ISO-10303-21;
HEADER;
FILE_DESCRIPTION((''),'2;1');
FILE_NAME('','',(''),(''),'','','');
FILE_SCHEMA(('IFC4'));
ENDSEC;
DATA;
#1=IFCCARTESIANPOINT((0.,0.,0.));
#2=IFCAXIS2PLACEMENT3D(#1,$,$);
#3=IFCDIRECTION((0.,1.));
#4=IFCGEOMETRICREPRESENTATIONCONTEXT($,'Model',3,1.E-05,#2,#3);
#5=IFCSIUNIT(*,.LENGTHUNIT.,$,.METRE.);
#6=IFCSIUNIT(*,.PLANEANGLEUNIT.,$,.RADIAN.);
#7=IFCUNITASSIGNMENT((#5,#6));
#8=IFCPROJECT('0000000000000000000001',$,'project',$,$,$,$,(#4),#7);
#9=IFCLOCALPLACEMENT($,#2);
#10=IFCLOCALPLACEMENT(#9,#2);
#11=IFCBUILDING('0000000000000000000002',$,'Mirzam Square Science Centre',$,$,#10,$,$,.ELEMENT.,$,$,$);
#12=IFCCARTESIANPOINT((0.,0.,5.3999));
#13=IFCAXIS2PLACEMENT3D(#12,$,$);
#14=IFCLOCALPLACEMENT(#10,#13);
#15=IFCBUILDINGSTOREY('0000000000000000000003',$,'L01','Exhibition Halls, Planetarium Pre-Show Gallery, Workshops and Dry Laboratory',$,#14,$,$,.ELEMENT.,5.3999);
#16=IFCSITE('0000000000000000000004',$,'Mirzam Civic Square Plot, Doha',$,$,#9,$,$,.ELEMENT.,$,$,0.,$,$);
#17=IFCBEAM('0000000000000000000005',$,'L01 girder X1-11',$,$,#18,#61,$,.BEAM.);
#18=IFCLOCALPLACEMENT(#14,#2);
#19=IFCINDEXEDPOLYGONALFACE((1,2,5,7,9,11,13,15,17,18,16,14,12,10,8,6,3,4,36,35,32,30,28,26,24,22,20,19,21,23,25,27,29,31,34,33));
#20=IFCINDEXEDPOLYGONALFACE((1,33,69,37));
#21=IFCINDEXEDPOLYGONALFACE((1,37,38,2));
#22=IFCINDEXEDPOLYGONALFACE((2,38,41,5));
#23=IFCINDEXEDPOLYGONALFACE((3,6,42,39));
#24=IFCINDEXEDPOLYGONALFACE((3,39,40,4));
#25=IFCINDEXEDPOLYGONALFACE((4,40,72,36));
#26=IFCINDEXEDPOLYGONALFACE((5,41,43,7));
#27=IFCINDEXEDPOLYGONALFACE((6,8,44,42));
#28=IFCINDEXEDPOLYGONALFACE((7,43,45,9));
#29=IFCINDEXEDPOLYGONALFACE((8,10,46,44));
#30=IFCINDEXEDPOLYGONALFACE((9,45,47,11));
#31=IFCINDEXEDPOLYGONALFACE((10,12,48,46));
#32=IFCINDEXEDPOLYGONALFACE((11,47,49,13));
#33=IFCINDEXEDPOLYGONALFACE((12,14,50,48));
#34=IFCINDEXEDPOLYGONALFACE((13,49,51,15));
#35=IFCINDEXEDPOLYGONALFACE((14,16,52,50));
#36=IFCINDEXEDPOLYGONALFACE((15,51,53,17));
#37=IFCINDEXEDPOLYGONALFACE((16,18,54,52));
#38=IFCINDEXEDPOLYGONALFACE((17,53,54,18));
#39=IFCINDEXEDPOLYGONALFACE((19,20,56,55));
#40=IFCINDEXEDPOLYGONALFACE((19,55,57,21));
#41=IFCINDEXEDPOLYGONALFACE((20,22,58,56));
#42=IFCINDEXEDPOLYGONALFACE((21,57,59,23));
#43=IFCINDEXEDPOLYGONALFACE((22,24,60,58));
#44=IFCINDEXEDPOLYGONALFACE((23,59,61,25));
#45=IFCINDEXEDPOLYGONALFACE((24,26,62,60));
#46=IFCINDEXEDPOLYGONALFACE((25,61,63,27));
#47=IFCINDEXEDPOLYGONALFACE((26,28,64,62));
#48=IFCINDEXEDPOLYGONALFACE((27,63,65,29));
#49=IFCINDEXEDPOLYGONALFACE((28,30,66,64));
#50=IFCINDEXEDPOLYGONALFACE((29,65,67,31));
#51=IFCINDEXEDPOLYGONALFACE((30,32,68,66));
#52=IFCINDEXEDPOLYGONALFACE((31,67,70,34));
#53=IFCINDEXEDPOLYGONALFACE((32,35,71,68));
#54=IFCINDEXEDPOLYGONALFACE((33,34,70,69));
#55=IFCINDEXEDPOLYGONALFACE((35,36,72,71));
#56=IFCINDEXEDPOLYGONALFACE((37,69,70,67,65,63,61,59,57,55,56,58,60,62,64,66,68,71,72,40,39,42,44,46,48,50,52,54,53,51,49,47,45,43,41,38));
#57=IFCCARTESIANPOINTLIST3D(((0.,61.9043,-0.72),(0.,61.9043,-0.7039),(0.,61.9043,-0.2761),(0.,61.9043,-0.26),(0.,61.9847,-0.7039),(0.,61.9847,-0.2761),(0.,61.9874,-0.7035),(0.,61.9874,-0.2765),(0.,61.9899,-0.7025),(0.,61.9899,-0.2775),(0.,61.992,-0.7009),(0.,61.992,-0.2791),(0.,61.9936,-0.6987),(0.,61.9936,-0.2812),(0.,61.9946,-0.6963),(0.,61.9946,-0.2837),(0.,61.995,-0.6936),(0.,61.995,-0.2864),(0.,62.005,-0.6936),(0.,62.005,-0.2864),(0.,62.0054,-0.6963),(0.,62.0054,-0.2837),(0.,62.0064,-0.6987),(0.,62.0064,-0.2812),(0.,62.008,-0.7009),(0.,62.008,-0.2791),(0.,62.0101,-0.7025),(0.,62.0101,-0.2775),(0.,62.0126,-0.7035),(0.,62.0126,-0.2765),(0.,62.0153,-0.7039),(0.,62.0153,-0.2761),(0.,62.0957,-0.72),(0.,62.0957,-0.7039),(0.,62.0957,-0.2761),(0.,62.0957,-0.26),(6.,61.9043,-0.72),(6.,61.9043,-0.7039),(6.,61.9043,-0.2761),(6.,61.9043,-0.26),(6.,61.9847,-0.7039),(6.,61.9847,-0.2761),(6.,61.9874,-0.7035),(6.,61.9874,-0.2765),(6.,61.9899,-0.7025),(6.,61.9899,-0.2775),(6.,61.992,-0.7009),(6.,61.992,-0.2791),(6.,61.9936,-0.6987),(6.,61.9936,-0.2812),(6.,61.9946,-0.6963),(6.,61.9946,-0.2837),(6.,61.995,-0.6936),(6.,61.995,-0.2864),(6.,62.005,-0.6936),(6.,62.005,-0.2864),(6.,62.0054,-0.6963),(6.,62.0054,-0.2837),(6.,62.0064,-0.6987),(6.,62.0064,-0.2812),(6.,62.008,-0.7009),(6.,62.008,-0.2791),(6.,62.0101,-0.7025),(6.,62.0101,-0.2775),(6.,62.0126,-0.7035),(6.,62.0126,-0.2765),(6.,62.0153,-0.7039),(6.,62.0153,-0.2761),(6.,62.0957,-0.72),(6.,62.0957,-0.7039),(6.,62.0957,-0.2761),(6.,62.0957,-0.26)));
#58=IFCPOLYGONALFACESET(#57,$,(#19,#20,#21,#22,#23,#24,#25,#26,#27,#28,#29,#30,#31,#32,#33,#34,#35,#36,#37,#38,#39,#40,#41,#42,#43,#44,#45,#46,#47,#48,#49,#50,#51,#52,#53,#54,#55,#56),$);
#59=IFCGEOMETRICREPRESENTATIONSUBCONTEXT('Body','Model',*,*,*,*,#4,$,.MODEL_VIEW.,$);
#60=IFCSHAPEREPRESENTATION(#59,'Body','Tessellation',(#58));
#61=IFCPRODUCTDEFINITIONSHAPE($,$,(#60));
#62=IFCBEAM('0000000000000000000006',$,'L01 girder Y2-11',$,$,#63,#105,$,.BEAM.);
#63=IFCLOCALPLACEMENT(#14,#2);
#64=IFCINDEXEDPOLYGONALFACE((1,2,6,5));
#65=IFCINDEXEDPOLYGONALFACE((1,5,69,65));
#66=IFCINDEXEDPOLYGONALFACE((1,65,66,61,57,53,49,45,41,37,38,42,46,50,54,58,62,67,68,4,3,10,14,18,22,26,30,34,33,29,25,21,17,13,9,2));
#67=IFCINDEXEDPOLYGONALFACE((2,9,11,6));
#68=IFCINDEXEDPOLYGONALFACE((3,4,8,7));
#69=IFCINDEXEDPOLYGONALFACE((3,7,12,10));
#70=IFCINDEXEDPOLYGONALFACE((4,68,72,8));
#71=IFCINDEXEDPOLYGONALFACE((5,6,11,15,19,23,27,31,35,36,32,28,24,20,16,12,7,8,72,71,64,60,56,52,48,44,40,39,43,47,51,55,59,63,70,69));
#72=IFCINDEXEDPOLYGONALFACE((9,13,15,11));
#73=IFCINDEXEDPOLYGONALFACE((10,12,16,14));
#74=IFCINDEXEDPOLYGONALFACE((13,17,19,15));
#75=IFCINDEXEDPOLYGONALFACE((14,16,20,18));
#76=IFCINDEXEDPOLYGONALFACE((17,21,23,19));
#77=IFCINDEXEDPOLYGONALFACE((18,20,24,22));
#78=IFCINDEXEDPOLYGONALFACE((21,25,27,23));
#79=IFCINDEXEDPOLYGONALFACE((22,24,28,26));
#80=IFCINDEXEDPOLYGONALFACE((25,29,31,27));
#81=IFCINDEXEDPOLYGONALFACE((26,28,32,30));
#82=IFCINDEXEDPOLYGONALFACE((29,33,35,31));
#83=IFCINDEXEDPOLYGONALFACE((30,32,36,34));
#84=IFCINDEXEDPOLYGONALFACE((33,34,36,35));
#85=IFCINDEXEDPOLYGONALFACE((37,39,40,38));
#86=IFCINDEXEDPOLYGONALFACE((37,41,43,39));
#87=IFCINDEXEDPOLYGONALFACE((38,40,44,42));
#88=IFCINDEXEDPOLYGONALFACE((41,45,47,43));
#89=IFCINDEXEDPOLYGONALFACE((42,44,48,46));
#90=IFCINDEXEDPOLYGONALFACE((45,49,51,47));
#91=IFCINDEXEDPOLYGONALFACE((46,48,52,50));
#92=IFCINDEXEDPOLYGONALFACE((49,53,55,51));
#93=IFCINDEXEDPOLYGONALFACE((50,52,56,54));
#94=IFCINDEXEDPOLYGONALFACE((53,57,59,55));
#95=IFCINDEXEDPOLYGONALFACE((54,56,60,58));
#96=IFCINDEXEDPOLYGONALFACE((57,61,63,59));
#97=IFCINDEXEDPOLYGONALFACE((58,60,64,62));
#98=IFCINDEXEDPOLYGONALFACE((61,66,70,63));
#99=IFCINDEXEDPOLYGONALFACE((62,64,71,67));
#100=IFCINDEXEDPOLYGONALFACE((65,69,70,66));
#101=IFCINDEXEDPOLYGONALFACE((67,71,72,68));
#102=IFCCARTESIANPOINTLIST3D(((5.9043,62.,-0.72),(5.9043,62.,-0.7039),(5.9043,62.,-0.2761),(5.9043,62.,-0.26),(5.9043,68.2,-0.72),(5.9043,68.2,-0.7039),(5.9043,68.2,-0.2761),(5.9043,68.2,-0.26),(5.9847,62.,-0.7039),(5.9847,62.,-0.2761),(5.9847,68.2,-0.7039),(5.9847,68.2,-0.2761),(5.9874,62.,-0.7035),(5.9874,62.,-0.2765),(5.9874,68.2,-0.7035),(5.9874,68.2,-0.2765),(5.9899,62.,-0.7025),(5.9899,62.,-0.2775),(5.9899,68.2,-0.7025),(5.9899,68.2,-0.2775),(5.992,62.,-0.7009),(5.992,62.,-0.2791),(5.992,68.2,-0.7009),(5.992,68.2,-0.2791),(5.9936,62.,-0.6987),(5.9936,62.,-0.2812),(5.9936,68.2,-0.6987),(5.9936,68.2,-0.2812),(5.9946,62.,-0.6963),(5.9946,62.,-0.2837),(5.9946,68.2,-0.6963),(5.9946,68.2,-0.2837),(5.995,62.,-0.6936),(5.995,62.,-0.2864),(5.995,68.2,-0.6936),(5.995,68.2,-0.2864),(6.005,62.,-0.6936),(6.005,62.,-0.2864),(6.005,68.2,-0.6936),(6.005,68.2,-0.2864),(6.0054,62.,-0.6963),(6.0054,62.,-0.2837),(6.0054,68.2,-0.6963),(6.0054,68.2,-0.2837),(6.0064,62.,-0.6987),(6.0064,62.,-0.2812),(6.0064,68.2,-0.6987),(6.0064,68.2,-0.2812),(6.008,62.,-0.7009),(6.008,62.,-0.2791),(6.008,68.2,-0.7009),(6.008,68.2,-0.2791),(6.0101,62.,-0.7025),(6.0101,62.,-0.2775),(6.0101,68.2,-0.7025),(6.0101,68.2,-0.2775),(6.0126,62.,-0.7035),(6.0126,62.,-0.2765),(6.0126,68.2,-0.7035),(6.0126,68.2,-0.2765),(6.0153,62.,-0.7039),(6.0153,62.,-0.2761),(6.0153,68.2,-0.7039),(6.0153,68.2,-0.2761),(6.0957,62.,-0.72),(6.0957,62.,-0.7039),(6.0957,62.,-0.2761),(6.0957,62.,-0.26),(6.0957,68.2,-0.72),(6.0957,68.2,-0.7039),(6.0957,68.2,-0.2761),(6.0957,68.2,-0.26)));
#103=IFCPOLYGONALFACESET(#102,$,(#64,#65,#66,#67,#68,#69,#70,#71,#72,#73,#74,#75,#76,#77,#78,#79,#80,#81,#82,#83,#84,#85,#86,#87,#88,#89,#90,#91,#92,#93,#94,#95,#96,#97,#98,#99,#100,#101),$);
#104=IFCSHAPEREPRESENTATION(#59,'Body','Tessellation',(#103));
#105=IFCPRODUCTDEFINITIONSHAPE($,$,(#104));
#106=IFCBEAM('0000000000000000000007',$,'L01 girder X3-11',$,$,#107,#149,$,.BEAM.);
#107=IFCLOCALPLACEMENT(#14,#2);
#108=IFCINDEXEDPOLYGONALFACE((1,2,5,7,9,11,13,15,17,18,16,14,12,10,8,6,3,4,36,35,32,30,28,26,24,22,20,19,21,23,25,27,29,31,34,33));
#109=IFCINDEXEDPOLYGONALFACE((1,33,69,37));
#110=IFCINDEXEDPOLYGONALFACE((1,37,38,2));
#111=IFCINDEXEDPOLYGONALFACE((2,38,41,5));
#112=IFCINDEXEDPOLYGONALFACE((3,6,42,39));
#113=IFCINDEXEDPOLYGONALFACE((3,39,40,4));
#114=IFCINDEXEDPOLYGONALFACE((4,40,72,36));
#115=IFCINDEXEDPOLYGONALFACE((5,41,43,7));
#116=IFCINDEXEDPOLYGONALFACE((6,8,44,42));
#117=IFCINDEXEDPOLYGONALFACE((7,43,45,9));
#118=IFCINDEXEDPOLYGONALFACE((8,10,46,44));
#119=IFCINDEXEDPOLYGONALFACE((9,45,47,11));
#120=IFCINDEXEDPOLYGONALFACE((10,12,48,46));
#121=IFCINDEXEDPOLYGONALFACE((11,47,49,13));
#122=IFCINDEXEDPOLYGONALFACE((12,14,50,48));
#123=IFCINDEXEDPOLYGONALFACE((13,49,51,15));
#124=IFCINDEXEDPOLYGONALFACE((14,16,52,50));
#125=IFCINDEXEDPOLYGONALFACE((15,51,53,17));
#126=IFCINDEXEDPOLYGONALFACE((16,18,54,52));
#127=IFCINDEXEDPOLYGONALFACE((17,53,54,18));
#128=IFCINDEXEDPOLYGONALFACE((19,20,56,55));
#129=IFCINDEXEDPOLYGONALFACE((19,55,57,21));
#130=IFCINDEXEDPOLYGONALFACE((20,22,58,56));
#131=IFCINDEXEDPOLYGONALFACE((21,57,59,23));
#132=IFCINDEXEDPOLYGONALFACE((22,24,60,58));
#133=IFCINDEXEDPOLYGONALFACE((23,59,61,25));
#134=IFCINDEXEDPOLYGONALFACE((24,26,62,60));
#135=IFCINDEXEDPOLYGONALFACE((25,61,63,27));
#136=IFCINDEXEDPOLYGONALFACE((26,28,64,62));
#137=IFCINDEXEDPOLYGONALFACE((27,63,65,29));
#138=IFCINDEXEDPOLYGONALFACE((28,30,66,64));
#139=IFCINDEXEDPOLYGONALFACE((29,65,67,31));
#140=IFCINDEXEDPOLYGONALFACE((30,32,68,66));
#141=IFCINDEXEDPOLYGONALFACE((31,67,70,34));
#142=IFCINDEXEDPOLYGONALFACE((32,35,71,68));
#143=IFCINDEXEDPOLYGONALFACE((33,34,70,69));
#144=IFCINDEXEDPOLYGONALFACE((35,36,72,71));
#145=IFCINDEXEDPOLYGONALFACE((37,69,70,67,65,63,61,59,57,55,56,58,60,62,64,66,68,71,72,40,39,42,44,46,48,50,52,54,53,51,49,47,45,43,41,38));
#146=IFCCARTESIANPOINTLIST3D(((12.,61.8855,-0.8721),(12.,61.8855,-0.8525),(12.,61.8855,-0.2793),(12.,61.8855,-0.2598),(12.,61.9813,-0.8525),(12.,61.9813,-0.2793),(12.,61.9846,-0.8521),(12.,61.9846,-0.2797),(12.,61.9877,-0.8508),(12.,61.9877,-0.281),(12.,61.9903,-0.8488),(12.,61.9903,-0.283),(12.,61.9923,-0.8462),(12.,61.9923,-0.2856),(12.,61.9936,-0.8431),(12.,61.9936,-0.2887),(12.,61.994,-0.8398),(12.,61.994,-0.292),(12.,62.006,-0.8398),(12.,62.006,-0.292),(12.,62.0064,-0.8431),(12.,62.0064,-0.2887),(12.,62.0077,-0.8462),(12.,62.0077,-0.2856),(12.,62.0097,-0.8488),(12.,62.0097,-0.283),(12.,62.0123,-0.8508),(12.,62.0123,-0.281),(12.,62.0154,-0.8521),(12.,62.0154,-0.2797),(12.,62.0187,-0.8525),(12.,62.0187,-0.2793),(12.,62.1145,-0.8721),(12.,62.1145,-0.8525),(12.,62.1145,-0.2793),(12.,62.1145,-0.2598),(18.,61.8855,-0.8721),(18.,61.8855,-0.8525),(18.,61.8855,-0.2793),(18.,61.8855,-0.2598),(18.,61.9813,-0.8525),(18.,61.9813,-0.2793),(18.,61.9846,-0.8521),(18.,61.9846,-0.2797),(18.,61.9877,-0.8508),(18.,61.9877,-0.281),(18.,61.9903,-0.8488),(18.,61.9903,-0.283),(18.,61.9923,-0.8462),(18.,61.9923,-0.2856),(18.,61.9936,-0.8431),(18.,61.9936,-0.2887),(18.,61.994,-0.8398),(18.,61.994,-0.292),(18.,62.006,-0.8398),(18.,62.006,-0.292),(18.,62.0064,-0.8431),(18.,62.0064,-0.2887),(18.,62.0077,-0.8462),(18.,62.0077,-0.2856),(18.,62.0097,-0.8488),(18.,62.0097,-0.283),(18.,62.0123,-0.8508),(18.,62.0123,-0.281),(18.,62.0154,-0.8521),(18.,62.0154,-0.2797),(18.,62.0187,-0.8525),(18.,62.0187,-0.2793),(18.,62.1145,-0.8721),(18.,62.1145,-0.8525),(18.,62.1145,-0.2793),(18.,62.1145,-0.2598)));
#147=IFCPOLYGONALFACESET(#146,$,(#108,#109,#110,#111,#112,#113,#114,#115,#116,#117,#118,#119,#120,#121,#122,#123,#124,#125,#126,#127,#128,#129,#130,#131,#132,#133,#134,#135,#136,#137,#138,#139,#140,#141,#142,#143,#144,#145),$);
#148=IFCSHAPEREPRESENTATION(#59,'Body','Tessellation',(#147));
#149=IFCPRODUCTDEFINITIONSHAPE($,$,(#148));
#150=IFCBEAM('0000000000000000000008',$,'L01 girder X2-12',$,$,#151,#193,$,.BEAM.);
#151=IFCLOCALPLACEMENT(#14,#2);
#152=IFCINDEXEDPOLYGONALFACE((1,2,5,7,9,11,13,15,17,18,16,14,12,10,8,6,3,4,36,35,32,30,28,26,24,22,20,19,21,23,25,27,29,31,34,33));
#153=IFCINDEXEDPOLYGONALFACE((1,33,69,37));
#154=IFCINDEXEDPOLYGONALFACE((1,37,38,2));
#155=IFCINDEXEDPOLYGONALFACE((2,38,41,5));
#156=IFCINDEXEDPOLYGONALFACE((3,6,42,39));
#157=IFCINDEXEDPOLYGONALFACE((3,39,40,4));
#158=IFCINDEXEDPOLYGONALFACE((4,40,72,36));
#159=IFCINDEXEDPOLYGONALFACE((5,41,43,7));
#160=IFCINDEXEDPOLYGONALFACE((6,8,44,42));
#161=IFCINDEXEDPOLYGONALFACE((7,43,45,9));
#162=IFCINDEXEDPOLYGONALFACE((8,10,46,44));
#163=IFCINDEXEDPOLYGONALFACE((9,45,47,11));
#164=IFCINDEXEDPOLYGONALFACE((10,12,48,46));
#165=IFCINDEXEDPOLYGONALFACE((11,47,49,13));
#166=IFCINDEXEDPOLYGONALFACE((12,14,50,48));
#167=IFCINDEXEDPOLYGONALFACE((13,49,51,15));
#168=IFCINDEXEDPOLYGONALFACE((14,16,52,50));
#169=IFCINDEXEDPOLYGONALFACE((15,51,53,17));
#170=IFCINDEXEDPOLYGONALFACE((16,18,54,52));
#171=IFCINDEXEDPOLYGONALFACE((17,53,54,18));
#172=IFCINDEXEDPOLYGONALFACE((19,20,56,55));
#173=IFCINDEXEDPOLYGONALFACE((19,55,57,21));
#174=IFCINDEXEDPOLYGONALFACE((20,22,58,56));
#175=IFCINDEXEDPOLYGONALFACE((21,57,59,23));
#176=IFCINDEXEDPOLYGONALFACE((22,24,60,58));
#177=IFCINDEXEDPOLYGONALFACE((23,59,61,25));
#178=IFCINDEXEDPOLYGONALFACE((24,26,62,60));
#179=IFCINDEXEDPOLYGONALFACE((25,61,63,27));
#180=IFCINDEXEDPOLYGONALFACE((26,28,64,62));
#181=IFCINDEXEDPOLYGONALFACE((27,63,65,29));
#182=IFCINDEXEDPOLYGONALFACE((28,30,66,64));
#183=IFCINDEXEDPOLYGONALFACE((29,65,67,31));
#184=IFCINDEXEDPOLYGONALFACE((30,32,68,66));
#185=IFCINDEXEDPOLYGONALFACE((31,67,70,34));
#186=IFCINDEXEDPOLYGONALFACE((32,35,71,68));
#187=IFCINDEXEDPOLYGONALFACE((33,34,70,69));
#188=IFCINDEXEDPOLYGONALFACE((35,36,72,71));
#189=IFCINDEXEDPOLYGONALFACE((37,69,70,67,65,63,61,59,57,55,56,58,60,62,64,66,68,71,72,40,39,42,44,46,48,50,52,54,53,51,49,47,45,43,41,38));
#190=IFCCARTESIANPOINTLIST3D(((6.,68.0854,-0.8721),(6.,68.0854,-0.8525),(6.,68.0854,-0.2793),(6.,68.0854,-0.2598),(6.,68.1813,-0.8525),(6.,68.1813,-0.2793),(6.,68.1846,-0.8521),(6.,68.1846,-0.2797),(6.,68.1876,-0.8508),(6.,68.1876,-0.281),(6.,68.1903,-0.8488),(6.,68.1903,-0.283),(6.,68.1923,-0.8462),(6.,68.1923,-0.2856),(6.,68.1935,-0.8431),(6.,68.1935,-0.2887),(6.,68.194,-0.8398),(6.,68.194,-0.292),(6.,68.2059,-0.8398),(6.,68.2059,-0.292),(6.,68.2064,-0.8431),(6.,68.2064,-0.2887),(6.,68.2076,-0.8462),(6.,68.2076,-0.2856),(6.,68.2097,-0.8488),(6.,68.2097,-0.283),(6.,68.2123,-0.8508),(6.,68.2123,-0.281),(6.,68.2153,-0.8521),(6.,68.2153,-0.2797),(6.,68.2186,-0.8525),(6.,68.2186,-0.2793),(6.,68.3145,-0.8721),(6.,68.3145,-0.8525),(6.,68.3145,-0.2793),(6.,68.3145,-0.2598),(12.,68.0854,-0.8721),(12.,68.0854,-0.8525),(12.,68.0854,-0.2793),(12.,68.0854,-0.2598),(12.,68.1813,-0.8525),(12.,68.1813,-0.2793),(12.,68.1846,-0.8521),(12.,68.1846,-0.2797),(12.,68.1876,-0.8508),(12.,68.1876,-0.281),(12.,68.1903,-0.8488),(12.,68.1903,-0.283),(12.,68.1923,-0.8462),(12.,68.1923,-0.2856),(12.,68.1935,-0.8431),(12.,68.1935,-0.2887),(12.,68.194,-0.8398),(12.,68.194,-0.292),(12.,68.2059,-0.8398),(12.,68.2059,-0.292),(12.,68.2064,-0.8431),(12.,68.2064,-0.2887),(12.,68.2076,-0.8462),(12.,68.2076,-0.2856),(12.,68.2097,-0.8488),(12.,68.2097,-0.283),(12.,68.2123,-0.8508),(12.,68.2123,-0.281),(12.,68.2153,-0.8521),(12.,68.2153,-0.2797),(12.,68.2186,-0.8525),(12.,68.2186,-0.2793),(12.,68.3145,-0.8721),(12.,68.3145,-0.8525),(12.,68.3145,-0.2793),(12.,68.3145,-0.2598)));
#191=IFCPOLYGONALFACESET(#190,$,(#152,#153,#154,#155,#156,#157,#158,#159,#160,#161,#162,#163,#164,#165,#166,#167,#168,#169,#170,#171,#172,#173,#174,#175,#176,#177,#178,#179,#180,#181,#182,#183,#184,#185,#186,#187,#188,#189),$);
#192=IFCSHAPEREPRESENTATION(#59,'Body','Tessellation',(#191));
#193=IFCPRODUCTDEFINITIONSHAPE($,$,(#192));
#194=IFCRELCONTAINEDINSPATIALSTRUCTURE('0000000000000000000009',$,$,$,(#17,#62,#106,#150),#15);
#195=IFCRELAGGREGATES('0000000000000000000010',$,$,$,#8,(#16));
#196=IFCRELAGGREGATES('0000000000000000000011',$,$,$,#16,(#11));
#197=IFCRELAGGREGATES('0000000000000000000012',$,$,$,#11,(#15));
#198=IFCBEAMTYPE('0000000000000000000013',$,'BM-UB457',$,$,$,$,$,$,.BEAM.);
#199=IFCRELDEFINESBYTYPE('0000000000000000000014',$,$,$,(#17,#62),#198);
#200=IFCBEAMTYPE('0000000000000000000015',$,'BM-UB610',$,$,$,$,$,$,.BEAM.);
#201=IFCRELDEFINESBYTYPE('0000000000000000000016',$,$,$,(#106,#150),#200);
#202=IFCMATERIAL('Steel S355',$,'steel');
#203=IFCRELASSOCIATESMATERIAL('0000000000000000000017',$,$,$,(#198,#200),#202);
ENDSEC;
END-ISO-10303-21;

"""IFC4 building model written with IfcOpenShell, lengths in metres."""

from ifc_helpers import new_model, si_unit, direction, frame, origin, origin_2d, place, context, subcontext, project, spatial, i_section, extrude, material, material_profile, profile_set, type_object, element, save


model = new_model("IFC4")

# Units and contexts
model_context = context("Model", 3, precision=1e-05, world=origin(), true_north=direction((0.0, 1.0)))
body_context = subcontext(model_context, "Body", "Model", "MODEL_VIEW")
ifc_project = project(units=[si_unit("LENGTHUNIT", "METRE"), si_unit("PLANEANGLEUNIT", "RADIAN")], contexts=[model_context])

# Site, building, storey
site_placement = place(None, origin())
site = spatial("IfcSite", under=ifc_project, at=site_placement, Name="Mirzam Civic Square Plot, Doha", CompositionType="ELEMENT", RefElevation=0.0)
building_placement = place(site_placement, origin())
building = spatial("IfcBuilding", under=site, at=building_placement, Name="Mirzam Square Science Centre", CompositionType="ELEMENT")
storey_placement = place(building_placement, frame((0.0, 0.0, 5.3999)))
storey = spatial("IfcBuildingStorey", under=building, at=storey_placement, Name="L01", Description="Exhibition Halls, Planetarium Pre-Show Gallery, Workshops and Dry Laboratory", CompositionType="ELEMENT", Elevation=5.3999)

# Shared definitions
ifc_material_1 = material(Name="Steel S355", Category="steel")

# Beams
ifc_material_profile_1 = material_profile(ifc_material_1, i_section(OverallWidth=0.1914, OverallDepth=0.46, WebThickness=0.01, FlangeThickness=0.0161, FilletRadius=0.0103, at=origin_2d()), Name="457x191x82UB")
ifc_profile_set_1 = profile_set([ifc_material_profile_1], Name="Steel S355")
beam_type_1 = type_object("IfcBeamType", Name="BM-UB457", PredefinedType="BEAM", material=ifc_profile_set_1)
beam_1_placement = place(storey_placement, frame((0.0, 62.0, -0.49), z_axis=(1.0, 0.0, 0.0), x_axis=(0.0, 1.0, 0.0)))
element("IfcBeam", 1, at=beam_1_placement, inside=storey, type_object=beam_type_1, Name="L01 girder X1-11", PredefinedType="BEAM", context=body_context, shape_type="SweptSolid", body=[
    extrude(i_section(OverallWidth=0.1914, OverallDepth=0.46, WebThickness=0.01, FlangeThickness=0.0161, FilletRadius=0.0103, at=origin_2d()), origin(), (0.0, 0.0, 1.0), 6.0),
])
beam_2_placement = place(storey_placement, frame((6.0, 62.0, -0.49), z_axis=(0.0, 1.0, 0.0), x_axis=(-1.0, 0.0, 0.0)))
element("IfcBeam", 2, at=beam_2_placement, inside=storey, type_object=beam_type_1, Name="L01 girder Y2-11", PredefinedType="BEAM", context=body_context, shape_type="SweptSolid", body=[
    extrude(i_section(OverallWidth=0.1914, OverallDepth=0.46, WebThickness=0.01, FlangeThickness=0.0161, FilletRadius=0.0103, at=origin_2d()), origin(), (0.0, 0.0, 1.0), 6.2),
])
ifc_material_profile_2 = material_profile(ifc_material_1, i_section(OverallWidth=0.229, OverallDepth=0.6123, WebThickness=0.012, FlangeThickness=0.0195, FilletRadius=0.0127, at=origin_2d()), Name="610x229x125UB")
ifc_profile_set_2 = profile_set([ifc_material_profile_2], Name="Steel S355")
beam_type_2 = type_object("IfcBeamType", Name="BM-UB610", PredefinedType="BEAM", material=ifc_profile_set_2)
for number, where, z_axis, x_axis, name in (
    (3, (12.0, 62.0, -0.5659), (1.0, 0.0, 0.0), (0.0, 1.0, 0.0), "L01 girder X3-11"),
    (4, (6.0, 68.2, -0.5659), (1.0, 0.0, 0.0), (0.0, 1.0, 0.0), "L01 girder X2-12"),
):
    element("IfcBeam", number, at=place(storey_placement, frame(where, z_axis=z_axis, x_axis=x_axis)), inside=storey, type_object=beam_type_2, Name=name, PredefinedType="BEAM", context=body_context, shape_type="SweptSolid", body=[
        extrude(i_section(OverallWidth=0.229, OverallDepth=0.6123, WebThickness=0.012, FlangeThickness=0.0195, FilletRadius=0.0127, at=origin_2d()), origin(), (0.0, 0.0, 1.0), 6.0),
    ])

save(model, "model.ifc")
